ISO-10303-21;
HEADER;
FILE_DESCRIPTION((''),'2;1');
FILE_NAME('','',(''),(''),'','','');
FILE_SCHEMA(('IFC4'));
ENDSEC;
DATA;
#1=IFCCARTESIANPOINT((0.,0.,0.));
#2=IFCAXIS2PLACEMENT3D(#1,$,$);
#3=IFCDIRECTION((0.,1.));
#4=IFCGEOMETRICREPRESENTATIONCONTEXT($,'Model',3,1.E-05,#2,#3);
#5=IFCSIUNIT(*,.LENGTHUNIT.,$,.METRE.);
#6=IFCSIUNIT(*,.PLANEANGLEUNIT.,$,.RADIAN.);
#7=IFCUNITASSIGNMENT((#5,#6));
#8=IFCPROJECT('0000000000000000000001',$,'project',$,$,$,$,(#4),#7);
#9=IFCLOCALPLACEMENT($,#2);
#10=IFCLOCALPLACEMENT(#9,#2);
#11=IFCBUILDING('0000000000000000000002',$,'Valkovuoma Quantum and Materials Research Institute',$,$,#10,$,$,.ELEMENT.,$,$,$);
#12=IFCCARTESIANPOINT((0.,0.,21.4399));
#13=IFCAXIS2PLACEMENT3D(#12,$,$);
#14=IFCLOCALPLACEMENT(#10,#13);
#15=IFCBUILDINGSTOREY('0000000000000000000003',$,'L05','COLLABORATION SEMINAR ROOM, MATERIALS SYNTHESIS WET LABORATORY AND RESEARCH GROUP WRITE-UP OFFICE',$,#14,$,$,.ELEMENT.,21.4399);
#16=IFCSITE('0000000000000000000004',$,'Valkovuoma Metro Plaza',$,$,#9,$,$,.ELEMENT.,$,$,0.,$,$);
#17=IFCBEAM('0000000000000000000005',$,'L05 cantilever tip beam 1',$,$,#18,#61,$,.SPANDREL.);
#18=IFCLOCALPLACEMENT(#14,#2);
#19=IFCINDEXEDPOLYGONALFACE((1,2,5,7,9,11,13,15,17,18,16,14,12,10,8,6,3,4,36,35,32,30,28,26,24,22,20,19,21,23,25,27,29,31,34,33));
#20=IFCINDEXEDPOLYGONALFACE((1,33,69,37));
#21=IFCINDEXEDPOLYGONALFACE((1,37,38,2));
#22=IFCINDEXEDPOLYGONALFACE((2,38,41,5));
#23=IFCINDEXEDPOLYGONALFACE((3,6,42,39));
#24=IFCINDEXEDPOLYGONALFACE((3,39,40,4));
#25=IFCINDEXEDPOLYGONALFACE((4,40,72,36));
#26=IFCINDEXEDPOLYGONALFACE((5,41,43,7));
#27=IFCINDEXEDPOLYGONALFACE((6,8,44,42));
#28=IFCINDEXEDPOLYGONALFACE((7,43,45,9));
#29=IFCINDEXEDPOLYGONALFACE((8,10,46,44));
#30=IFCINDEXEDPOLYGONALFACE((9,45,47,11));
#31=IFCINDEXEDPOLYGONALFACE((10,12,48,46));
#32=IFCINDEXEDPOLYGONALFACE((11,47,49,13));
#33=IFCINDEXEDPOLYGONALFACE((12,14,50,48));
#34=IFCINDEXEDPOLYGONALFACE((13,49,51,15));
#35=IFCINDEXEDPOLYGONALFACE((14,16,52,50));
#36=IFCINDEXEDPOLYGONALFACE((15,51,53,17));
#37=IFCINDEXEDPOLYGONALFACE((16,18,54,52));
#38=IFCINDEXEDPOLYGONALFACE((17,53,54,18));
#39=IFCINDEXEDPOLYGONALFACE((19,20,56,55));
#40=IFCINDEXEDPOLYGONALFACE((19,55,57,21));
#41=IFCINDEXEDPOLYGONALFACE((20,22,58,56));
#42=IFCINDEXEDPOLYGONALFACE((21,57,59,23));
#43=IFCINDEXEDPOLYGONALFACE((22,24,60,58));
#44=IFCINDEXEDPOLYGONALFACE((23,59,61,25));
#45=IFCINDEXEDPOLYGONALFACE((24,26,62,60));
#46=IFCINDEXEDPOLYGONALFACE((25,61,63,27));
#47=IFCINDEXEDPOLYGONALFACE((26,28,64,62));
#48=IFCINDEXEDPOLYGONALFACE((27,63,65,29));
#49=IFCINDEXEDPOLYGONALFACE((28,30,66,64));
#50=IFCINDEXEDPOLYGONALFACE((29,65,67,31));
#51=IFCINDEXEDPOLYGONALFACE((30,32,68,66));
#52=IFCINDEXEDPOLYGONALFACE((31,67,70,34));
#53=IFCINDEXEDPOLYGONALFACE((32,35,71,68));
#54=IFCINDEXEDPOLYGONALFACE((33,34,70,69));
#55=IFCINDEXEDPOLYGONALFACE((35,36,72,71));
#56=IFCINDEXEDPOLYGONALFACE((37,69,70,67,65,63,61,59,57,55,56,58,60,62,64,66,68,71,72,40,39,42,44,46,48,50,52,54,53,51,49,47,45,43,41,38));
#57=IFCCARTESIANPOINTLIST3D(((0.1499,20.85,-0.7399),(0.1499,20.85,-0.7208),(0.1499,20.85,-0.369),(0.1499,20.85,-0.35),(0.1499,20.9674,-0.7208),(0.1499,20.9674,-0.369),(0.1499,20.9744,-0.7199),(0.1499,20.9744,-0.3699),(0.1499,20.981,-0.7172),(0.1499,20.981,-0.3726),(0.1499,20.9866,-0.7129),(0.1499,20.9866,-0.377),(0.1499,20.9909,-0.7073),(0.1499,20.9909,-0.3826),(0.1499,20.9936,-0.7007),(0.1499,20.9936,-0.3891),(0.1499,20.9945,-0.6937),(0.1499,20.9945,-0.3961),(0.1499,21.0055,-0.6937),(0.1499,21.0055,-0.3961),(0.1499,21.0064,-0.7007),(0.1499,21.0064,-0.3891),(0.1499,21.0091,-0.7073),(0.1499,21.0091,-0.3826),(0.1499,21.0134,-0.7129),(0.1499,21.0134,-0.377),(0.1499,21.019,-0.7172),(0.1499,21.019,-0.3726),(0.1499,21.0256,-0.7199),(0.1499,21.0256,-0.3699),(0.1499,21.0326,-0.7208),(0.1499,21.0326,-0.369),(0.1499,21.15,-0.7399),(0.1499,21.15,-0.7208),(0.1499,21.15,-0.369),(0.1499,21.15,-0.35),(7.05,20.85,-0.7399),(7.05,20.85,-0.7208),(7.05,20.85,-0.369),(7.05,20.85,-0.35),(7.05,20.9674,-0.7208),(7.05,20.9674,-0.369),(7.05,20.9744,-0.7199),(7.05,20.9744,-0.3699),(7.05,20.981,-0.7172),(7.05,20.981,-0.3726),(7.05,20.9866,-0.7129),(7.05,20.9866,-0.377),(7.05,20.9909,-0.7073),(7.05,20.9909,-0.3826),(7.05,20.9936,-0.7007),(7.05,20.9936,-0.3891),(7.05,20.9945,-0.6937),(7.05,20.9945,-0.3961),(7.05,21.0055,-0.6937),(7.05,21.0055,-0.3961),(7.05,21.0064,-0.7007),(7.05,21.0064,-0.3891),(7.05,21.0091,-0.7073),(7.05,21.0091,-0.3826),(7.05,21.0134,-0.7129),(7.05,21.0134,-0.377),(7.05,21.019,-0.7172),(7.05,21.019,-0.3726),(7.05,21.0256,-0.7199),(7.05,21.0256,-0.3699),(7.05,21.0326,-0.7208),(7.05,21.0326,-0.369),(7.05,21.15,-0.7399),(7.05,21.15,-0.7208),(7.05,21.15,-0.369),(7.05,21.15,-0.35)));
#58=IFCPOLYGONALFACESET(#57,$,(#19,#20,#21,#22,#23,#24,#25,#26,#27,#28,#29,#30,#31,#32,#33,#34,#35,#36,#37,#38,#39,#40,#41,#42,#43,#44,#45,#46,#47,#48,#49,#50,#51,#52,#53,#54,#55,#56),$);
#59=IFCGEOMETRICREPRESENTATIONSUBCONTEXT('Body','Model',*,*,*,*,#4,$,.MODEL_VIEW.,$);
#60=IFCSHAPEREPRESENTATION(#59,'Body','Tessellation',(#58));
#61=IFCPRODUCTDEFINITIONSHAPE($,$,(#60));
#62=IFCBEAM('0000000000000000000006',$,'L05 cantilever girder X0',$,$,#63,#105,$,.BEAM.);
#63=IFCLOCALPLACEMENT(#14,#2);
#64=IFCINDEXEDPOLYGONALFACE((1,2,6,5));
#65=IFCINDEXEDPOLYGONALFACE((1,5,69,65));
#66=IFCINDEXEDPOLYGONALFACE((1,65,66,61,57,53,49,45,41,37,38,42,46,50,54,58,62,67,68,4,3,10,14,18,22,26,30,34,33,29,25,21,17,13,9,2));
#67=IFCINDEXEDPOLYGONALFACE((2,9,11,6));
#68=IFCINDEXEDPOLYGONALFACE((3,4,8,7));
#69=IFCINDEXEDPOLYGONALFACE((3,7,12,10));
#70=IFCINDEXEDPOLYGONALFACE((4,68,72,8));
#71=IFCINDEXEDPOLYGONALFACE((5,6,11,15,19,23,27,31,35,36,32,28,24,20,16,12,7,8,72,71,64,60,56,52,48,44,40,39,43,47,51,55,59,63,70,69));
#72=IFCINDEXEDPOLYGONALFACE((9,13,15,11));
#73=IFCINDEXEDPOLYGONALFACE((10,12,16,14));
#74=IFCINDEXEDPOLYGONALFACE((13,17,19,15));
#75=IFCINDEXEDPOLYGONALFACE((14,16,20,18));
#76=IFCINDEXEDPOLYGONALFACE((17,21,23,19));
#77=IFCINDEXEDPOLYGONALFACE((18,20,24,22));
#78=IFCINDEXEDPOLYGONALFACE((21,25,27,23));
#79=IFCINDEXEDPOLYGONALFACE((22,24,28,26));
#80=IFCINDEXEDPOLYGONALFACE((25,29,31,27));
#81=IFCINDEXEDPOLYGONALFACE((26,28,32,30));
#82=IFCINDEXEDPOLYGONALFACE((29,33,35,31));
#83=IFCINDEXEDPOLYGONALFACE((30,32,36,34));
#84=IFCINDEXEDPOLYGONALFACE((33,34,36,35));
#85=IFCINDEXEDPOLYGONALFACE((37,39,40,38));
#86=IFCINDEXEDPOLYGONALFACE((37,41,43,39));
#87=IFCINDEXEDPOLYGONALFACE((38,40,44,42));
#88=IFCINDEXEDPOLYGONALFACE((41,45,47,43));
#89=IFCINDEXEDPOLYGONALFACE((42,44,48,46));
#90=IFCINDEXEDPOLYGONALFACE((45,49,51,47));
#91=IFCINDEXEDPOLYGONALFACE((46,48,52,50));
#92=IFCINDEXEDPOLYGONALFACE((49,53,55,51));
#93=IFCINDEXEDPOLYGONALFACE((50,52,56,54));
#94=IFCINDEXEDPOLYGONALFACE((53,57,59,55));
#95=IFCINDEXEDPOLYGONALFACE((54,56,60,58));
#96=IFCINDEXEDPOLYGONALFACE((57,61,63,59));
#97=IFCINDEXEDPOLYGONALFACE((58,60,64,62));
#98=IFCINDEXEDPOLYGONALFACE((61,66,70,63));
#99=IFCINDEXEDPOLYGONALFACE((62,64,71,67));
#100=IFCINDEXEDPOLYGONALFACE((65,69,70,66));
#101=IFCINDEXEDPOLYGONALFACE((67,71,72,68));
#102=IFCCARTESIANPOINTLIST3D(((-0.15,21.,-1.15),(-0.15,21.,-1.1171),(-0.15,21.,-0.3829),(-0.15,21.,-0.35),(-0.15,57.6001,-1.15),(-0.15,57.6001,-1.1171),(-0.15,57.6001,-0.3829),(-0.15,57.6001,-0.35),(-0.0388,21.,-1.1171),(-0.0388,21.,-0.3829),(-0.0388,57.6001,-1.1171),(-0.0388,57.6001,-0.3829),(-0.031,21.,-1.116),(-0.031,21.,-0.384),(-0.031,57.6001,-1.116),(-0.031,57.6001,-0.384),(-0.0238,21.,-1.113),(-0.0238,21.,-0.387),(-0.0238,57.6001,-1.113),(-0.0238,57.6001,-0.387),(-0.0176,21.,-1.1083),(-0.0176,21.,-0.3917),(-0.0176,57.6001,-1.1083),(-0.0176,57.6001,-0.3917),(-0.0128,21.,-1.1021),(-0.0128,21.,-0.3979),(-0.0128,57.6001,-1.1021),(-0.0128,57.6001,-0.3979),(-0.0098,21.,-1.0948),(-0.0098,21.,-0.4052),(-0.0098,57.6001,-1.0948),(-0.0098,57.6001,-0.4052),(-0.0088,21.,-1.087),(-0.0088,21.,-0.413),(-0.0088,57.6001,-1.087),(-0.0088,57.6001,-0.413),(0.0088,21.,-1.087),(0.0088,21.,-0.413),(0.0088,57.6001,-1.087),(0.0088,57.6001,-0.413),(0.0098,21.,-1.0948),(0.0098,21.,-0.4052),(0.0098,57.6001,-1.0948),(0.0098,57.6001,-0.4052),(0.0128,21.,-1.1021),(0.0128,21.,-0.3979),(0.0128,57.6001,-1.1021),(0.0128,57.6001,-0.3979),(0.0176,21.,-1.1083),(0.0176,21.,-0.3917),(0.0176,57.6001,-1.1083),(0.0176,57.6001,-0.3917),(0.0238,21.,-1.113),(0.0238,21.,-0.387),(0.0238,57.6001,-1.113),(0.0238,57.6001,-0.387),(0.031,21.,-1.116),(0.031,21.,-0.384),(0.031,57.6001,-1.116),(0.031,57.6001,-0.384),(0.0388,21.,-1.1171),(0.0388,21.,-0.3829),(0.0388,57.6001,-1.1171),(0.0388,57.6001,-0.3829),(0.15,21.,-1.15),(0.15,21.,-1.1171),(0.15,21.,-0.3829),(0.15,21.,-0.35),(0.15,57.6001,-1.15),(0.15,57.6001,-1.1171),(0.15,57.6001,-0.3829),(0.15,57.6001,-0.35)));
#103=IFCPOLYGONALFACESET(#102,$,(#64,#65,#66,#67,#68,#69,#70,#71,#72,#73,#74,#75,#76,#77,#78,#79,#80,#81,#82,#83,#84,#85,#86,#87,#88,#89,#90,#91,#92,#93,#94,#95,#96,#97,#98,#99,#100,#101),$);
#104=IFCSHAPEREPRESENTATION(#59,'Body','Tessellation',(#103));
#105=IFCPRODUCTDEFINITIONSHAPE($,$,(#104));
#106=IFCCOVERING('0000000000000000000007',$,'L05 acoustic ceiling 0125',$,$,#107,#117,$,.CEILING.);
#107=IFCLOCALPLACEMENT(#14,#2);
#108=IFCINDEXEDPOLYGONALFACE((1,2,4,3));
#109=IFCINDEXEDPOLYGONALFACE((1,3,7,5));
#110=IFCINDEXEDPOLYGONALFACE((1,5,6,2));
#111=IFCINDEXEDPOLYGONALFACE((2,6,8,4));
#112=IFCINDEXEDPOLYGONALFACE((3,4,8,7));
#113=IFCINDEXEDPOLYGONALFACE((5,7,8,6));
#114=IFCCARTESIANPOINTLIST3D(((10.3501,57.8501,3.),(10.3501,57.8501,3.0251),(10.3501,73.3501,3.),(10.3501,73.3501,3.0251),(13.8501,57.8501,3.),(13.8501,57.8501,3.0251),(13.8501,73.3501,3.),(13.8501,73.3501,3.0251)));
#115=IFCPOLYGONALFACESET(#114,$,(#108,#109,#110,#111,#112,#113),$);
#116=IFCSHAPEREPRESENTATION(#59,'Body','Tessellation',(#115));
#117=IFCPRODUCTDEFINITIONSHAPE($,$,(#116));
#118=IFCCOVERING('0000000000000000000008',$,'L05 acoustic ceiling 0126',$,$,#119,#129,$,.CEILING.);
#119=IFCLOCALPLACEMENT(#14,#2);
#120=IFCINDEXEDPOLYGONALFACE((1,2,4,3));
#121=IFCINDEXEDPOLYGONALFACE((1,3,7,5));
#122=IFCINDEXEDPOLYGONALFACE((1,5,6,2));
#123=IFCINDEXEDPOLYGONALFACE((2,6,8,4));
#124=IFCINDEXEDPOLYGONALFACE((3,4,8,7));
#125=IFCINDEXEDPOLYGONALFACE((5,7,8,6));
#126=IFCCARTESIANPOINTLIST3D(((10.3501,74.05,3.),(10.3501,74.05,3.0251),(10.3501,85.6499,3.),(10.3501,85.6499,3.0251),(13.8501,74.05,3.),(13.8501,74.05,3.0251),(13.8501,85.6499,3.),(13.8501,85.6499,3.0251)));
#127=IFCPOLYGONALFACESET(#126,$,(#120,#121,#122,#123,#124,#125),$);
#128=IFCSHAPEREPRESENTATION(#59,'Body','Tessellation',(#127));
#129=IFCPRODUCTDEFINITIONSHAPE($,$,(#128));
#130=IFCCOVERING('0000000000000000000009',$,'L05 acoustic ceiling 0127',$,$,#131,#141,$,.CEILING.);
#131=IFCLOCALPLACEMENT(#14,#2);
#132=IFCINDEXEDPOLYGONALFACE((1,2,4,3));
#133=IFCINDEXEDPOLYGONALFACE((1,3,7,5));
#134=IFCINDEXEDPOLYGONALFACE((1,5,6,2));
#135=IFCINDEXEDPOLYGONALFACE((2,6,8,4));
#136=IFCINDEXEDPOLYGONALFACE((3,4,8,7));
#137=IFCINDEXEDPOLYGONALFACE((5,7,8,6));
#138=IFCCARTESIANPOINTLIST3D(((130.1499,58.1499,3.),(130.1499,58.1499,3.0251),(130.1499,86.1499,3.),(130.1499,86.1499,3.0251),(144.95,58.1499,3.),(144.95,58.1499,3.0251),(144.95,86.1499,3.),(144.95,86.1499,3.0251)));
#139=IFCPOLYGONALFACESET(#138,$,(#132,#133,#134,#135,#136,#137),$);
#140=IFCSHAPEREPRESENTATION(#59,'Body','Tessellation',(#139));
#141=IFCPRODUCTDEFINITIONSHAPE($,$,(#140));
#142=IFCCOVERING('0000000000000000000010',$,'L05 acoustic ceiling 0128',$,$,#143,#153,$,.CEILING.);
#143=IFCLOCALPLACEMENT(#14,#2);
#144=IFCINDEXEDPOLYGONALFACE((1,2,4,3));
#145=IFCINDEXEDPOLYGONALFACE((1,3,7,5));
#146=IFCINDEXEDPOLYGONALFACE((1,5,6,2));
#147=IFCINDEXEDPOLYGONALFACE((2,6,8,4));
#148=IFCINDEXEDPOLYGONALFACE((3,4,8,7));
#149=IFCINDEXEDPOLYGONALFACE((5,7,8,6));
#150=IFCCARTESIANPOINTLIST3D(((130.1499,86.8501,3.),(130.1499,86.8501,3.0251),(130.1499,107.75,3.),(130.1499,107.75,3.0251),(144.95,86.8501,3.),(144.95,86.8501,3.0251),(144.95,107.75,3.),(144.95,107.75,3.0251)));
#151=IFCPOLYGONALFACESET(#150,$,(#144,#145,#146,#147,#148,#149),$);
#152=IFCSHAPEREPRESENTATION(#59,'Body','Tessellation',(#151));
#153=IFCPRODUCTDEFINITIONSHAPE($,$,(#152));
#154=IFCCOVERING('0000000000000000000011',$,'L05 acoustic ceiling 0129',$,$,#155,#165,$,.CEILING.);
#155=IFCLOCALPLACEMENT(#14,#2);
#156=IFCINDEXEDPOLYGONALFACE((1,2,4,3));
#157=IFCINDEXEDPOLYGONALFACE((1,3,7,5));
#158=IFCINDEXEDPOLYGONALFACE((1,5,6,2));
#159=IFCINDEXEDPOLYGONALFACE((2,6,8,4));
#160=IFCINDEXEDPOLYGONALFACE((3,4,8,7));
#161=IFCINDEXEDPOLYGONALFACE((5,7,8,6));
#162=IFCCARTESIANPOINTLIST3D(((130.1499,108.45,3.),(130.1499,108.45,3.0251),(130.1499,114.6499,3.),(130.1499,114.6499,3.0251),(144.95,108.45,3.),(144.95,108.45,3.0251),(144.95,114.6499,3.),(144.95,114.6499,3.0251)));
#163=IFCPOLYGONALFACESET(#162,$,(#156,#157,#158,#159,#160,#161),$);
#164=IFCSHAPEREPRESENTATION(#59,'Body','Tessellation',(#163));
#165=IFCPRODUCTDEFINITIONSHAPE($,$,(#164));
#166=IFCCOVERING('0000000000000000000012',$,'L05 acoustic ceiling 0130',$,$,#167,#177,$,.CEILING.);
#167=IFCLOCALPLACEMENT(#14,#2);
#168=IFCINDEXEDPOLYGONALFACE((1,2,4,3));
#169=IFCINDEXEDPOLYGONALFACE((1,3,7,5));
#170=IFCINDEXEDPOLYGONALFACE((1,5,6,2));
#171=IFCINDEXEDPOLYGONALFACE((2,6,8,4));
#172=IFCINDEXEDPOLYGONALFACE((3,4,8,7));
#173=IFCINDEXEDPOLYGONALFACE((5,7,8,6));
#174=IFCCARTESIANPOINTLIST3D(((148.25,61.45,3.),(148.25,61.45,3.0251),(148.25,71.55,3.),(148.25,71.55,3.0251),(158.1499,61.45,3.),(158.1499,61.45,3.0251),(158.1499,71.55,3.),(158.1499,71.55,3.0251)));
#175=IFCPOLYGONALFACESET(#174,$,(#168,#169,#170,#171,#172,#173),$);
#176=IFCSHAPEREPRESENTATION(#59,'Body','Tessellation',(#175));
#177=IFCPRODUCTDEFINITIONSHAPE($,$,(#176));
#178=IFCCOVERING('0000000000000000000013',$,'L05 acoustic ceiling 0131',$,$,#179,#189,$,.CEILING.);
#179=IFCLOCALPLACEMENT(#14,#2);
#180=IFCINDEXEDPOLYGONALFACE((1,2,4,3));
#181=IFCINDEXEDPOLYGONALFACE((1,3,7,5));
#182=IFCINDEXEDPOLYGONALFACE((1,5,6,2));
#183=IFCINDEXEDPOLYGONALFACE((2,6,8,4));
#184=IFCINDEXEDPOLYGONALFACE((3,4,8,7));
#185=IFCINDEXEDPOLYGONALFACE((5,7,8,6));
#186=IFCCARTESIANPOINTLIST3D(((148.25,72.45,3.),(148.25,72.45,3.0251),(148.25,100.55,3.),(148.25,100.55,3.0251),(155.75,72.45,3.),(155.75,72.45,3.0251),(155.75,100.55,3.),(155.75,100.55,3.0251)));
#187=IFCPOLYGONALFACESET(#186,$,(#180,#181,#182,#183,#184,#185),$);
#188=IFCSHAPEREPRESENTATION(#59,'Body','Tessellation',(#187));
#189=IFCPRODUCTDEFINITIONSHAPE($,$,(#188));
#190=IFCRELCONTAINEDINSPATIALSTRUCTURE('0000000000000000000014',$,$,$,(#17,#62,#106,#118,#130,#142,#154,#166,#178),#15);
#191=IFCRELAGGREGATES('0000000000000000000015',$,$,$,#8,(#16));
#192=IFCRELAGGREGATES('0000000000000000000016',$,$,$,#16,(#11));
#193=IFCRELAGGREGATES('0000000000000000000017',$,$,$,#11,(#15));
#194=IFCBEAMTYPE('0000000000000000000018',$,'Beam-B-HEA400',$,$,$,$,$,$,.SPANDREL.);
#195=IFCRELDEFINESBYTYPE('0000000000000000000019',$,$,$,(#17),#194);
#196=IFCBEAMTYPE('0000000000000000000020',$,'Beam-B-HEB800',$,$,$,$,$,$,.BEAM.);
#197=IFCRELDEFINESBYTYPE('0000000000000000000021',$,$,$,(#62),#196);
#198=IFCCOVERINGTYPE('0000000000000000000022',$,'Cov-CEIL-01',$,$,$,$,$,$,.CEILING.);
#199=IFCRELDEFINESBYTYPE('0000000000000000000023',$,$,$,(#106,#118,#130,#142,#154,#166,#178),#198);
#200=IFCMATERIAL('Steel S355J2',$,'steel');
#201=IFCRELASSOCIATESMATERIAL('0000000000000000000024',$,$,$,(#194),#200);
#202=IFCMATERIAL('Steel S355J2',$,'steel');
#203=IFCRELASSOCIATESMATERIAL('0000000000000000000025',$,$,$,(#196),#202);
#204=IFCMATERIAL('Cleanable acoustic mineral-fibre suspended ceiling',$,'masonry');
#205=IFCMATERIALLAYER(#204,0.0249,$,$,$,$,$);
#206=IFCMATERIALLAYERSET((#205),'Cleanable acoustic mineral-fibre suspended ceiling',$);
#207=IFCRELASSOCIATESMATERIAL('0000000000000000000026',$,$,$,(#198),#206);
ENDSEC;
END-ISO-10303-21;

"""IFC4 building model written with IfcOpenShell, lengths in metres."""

from ifc_helpers import new_model, si_unit, direction, frame, origin, origin_2d, place, context, subcontext, project, spatial, polyline, i_section, outline, extrude, material, layer, layer_set, material_profile, profile_set, type_object, element, save


model = new_model("IFC4")

# Units and contexts
model_context = context("Model", 3, precision=1e-05, world=origin(), true_north=direction((0.0, 1.0)))
body_context = subcontext(model_context, "Body", "Model", "MODEL_VIEW")
ifc_project = project(units=[si_unit("LENGTHUNIT", "METRE"), si_unit("PLANEANGLEUNIT", "RADIAN")], contexts=[model_context])

# Site, building, storey
site_placement = place(None, origin())
site = spatial("IfcSite", under=ifc_project, at=site_placement, Name="Valkovuoma Metro Plaza", CompositionType="ELEMENT", RefElevation=0.0)
building_placement = place(site_placement, origin())
building = spatial("IfcBuilding", under=site, at=building_placement, Name="Valkovuoma Quantum and Materials Research Institute", CompositionType="ELEMENT")
storey_placement = place(building_placement, frame((0.0, 0.0, 21.4399)))
storey = spatial("IfcBuildingStorey", under=building, at=storey_placement, Name="L05", Description="COLLABORATION SEMINAR ROOM, MATERIALS SYNTHESIS WET LABORATORY AND RESEARCH GROUP WRITE-UP OFFICE", CompositionType="ELEMENT", Elevation=21.4399)

# Beams
ifc_material_1 = material(Name="Steel S355J2", Category="steel")
ifc_material_profile_1 = material_profile(ifc_material_1, i_section(OverallWidth=0.3, OverallDepth=0.3899, WebThickness=0.011, FlangeThickness=0.019, FilletRadius=0.0271, at=origin_2d()), Name="Steel S355J2")
ifc_profile_set_1 = profile_set([ifc_material_profile_1], Name="Steel S355J2")
beam_type_1 = type_object("IfcBeamType", Name="Beam-B-HEA400", PredefinedType="SPANDREL", material=ifc_profile_set_1)
beam_1_placement = place(storey_placement, frame((0.1499, 21.0, -0.5449), z_axis=(1.0, 0.0, 0.0), x_axis=(0.0, 1.0, 0.0)))
element("IfcBeam", 1, at=beam_1_placement, inside=storey, type_object=beam_type_1, Name="L05 cantilever tip beam 1", PredefinedType="SPANDREL", context=body_context, shape_type="SweptSolid", body=[
    extrude(i_section(OverallWidth=0.3, OverallDepth=0.3899, WebThickness=0.011, FlangeThickness=0.019, FilletRadius=0.0271, at=origin_2d()), origin(), (0.0, 0.0, 1.0), 6.9001),
])
ifc_material_2 = material(Name="Steel S355J2", Category="steel")
ifc_material_profile_2 = material_profile(ifc_material_2, i_section(OverallWidth=0.3, OverallDepth=0.8, WebThickness=0.0176, FlangeThickness=0.033, FilletRadius=0.03, at=origin_2d()), Name="Steel S355J2")
ifc_profile_set_2 = profile_set([ifc_material_profile_2], Name="Steel S355J2")
beam_type_2 = type_object("IfcBeamType", Name="Beam-B-HEB800", PredefinedType="BEAM", material=ifc_profile_set_2)
beam_2_placement = place(storey_placement, frame((0.0, 21.0, -0.75), z_axis=(0.0, 1.0, 0.0), x_axis=(-1.0, 0.0, 0.0)))
element("IfcBeam", 2, at=beam_2_placement, inside=storey, type_object=beam_type_2, Name="L05 cantilever girder X0", PredefinedType="BEAM", context=body_context, shape_type="SweptSolid", body=[
    extrude(i_section(OverallWidth=0.3, OverallDepth=0.8, WebThickness=0.0176, FlangeThickness=0.033, FilletRadius=0.03, at=origin_2d()), origin(), (0.0, 0.0, 1.0), 36.6001),
])

# Coverings
ifc_material_3 = material(Name="Cleanable acoustic mineral-fibre suspended ceiling", Category="masonry")
ifc_layer_1 = layer(ifc_material_3, 0.0249)
ifc_layer_set_1 = layer_set([ifc_layer_1], Name="Cleanable acoustic mineral-fibre suspended ceiling")
covering_type_1 = type_object("IfcCoveringType", Name="Cov-CEIL-01", PredefinedType="CEILING", material=ifc_layer_set_1)
covering_1_placement = place(storey_placement, frame((0.0, 0.0, 3.0)))
element("IfcCovering", 3, at=covering_1_placement, inside=storey, type_object=covering_type_1, Name="L05 acoustic ceiling 0125", PredefinedType="CEILING", context=body_context, shape_type="SweptSolid", body=[
    extrude(outline(polyline([(10.3501, 57.8501), (13.8501, 57.8501), (13.8501, 73.3501), (10.3501, 73.3501), (10.3501, 57.8501)])), origin(), (0.0, 0.0, 1.0), 0.0251),
])
covering_2_placement = place(storey_placement, frame((0.0, 0.0, 3.0)))
element("IfcCovering", 4, at=covering_2_placement, inside=storey, type_object=covering_type_1, Name="L05 acoustic ceiling 0126", PredefinedType="CEILING", context=body_context, shape_type="SweptSolid", body=[
    extrude(outline(polyline([(10.3501, 74.05), (13.8501, 74.05), (13.8501, 85.6499), (10.3501, 85.6499), (10.3501, 74.05)])), origin(), (0.0, 0.0, 1.0), 0.0251),
])
covering_3_placement = place(storey_placement, frame((0.0, 0.0, 3.0)))
element("IfcCovering", 5, at=covering_3_placement, inside=storey, type_object=covering_type_1, Name="L05 acoustic ceiling 0127", PredefinedType="CEILING", context=body_context, shape_type="SweptSolid", body=[
    extrude(outline(polyline([(130.1499, 58.1499), (144.95, 58.1499), (144.95, 86.1499), (130.1499, 86.1499), (130.1499, 58.1499)])), origin(), (0.0, 0.0, 1.0), 0.0251),
])
covering_4_placement = place(storey_placement, frame((0.0, 0.0, 3.0)))
element("IfcCovering", 6, at=covering_4_placement, inside=storey, type_object=covering_type_1, Name="L05 acoustic ceiling 0128", PredefinedType="CEILING", context=body_context, shape_type="SweptSolid", body=[
    extrude(outline(polyline([(130.1499, 86.8501), (144.95, 86.8501), (144.95, 107.75), (130.1499, 107.75), (130.1499, 86.8501)])), origin(), (0.0, 0.0, 1.0), 0.0251),
])
covering_5_placement = place(storey_placement, frame((0.0, 0.0, 3.0)))
element("IfcCovering", 7, at=covering_5_placement, inside=storey, type_object=covering_type_1, Name="L05 acoustic ceiling 0129", PredefinedType="CEILING", context=body_context, shape_type="SweptSolid", body=[
    extrude(outline(polyline([(130.1499, 108.45), (144.95, 108.45), (144.95, 114.6499), (130.1499, 114.6499), (130.1499, 108.45)])), origin(), (0.0, 0.0, 1.0), 0.0251),
])
covering_6_placement = place(storey_placement, frame((0.0, 0.0, 3.0)))
element("IfcCovering", 8, at=covering_6_placement, inside=storey, type_object=covering_type_1, Name="L05 acoustic ceiling 0130", PredefinedType="CEILING", context=body_context, shape_type="SweptSolid", body=[
    extrude(outline(polyline([(148.25, 61.45), (158.1499, 61.45), (158.1499, 71.55), (148.25, 71.55), (148.25, 61.45)])), origin(), (0.0, 0.0, 1.0), 0.0251),
])
covering_7_placement = place(storey_placement, frame((0.0, 0.0, 3.0)))
element("IfcCovering", 9, at=covering_7_placement, inside=storey, type_object=covering_type_1, Name="L05 acoustic ceiling 0131", PredefinedType="CEILING", context=body_context, shape_type="SweptSolid", body=[
    extrude(outline(polyline([(148.25, 72.45), (155.75, 72.45), (155.75, 100.55), (148.25, 100.55), (148.25, 72.45)])), origin(), (0.0, 0.0, 1.0), 0.0251),
])

save(model, "model.ifc")
